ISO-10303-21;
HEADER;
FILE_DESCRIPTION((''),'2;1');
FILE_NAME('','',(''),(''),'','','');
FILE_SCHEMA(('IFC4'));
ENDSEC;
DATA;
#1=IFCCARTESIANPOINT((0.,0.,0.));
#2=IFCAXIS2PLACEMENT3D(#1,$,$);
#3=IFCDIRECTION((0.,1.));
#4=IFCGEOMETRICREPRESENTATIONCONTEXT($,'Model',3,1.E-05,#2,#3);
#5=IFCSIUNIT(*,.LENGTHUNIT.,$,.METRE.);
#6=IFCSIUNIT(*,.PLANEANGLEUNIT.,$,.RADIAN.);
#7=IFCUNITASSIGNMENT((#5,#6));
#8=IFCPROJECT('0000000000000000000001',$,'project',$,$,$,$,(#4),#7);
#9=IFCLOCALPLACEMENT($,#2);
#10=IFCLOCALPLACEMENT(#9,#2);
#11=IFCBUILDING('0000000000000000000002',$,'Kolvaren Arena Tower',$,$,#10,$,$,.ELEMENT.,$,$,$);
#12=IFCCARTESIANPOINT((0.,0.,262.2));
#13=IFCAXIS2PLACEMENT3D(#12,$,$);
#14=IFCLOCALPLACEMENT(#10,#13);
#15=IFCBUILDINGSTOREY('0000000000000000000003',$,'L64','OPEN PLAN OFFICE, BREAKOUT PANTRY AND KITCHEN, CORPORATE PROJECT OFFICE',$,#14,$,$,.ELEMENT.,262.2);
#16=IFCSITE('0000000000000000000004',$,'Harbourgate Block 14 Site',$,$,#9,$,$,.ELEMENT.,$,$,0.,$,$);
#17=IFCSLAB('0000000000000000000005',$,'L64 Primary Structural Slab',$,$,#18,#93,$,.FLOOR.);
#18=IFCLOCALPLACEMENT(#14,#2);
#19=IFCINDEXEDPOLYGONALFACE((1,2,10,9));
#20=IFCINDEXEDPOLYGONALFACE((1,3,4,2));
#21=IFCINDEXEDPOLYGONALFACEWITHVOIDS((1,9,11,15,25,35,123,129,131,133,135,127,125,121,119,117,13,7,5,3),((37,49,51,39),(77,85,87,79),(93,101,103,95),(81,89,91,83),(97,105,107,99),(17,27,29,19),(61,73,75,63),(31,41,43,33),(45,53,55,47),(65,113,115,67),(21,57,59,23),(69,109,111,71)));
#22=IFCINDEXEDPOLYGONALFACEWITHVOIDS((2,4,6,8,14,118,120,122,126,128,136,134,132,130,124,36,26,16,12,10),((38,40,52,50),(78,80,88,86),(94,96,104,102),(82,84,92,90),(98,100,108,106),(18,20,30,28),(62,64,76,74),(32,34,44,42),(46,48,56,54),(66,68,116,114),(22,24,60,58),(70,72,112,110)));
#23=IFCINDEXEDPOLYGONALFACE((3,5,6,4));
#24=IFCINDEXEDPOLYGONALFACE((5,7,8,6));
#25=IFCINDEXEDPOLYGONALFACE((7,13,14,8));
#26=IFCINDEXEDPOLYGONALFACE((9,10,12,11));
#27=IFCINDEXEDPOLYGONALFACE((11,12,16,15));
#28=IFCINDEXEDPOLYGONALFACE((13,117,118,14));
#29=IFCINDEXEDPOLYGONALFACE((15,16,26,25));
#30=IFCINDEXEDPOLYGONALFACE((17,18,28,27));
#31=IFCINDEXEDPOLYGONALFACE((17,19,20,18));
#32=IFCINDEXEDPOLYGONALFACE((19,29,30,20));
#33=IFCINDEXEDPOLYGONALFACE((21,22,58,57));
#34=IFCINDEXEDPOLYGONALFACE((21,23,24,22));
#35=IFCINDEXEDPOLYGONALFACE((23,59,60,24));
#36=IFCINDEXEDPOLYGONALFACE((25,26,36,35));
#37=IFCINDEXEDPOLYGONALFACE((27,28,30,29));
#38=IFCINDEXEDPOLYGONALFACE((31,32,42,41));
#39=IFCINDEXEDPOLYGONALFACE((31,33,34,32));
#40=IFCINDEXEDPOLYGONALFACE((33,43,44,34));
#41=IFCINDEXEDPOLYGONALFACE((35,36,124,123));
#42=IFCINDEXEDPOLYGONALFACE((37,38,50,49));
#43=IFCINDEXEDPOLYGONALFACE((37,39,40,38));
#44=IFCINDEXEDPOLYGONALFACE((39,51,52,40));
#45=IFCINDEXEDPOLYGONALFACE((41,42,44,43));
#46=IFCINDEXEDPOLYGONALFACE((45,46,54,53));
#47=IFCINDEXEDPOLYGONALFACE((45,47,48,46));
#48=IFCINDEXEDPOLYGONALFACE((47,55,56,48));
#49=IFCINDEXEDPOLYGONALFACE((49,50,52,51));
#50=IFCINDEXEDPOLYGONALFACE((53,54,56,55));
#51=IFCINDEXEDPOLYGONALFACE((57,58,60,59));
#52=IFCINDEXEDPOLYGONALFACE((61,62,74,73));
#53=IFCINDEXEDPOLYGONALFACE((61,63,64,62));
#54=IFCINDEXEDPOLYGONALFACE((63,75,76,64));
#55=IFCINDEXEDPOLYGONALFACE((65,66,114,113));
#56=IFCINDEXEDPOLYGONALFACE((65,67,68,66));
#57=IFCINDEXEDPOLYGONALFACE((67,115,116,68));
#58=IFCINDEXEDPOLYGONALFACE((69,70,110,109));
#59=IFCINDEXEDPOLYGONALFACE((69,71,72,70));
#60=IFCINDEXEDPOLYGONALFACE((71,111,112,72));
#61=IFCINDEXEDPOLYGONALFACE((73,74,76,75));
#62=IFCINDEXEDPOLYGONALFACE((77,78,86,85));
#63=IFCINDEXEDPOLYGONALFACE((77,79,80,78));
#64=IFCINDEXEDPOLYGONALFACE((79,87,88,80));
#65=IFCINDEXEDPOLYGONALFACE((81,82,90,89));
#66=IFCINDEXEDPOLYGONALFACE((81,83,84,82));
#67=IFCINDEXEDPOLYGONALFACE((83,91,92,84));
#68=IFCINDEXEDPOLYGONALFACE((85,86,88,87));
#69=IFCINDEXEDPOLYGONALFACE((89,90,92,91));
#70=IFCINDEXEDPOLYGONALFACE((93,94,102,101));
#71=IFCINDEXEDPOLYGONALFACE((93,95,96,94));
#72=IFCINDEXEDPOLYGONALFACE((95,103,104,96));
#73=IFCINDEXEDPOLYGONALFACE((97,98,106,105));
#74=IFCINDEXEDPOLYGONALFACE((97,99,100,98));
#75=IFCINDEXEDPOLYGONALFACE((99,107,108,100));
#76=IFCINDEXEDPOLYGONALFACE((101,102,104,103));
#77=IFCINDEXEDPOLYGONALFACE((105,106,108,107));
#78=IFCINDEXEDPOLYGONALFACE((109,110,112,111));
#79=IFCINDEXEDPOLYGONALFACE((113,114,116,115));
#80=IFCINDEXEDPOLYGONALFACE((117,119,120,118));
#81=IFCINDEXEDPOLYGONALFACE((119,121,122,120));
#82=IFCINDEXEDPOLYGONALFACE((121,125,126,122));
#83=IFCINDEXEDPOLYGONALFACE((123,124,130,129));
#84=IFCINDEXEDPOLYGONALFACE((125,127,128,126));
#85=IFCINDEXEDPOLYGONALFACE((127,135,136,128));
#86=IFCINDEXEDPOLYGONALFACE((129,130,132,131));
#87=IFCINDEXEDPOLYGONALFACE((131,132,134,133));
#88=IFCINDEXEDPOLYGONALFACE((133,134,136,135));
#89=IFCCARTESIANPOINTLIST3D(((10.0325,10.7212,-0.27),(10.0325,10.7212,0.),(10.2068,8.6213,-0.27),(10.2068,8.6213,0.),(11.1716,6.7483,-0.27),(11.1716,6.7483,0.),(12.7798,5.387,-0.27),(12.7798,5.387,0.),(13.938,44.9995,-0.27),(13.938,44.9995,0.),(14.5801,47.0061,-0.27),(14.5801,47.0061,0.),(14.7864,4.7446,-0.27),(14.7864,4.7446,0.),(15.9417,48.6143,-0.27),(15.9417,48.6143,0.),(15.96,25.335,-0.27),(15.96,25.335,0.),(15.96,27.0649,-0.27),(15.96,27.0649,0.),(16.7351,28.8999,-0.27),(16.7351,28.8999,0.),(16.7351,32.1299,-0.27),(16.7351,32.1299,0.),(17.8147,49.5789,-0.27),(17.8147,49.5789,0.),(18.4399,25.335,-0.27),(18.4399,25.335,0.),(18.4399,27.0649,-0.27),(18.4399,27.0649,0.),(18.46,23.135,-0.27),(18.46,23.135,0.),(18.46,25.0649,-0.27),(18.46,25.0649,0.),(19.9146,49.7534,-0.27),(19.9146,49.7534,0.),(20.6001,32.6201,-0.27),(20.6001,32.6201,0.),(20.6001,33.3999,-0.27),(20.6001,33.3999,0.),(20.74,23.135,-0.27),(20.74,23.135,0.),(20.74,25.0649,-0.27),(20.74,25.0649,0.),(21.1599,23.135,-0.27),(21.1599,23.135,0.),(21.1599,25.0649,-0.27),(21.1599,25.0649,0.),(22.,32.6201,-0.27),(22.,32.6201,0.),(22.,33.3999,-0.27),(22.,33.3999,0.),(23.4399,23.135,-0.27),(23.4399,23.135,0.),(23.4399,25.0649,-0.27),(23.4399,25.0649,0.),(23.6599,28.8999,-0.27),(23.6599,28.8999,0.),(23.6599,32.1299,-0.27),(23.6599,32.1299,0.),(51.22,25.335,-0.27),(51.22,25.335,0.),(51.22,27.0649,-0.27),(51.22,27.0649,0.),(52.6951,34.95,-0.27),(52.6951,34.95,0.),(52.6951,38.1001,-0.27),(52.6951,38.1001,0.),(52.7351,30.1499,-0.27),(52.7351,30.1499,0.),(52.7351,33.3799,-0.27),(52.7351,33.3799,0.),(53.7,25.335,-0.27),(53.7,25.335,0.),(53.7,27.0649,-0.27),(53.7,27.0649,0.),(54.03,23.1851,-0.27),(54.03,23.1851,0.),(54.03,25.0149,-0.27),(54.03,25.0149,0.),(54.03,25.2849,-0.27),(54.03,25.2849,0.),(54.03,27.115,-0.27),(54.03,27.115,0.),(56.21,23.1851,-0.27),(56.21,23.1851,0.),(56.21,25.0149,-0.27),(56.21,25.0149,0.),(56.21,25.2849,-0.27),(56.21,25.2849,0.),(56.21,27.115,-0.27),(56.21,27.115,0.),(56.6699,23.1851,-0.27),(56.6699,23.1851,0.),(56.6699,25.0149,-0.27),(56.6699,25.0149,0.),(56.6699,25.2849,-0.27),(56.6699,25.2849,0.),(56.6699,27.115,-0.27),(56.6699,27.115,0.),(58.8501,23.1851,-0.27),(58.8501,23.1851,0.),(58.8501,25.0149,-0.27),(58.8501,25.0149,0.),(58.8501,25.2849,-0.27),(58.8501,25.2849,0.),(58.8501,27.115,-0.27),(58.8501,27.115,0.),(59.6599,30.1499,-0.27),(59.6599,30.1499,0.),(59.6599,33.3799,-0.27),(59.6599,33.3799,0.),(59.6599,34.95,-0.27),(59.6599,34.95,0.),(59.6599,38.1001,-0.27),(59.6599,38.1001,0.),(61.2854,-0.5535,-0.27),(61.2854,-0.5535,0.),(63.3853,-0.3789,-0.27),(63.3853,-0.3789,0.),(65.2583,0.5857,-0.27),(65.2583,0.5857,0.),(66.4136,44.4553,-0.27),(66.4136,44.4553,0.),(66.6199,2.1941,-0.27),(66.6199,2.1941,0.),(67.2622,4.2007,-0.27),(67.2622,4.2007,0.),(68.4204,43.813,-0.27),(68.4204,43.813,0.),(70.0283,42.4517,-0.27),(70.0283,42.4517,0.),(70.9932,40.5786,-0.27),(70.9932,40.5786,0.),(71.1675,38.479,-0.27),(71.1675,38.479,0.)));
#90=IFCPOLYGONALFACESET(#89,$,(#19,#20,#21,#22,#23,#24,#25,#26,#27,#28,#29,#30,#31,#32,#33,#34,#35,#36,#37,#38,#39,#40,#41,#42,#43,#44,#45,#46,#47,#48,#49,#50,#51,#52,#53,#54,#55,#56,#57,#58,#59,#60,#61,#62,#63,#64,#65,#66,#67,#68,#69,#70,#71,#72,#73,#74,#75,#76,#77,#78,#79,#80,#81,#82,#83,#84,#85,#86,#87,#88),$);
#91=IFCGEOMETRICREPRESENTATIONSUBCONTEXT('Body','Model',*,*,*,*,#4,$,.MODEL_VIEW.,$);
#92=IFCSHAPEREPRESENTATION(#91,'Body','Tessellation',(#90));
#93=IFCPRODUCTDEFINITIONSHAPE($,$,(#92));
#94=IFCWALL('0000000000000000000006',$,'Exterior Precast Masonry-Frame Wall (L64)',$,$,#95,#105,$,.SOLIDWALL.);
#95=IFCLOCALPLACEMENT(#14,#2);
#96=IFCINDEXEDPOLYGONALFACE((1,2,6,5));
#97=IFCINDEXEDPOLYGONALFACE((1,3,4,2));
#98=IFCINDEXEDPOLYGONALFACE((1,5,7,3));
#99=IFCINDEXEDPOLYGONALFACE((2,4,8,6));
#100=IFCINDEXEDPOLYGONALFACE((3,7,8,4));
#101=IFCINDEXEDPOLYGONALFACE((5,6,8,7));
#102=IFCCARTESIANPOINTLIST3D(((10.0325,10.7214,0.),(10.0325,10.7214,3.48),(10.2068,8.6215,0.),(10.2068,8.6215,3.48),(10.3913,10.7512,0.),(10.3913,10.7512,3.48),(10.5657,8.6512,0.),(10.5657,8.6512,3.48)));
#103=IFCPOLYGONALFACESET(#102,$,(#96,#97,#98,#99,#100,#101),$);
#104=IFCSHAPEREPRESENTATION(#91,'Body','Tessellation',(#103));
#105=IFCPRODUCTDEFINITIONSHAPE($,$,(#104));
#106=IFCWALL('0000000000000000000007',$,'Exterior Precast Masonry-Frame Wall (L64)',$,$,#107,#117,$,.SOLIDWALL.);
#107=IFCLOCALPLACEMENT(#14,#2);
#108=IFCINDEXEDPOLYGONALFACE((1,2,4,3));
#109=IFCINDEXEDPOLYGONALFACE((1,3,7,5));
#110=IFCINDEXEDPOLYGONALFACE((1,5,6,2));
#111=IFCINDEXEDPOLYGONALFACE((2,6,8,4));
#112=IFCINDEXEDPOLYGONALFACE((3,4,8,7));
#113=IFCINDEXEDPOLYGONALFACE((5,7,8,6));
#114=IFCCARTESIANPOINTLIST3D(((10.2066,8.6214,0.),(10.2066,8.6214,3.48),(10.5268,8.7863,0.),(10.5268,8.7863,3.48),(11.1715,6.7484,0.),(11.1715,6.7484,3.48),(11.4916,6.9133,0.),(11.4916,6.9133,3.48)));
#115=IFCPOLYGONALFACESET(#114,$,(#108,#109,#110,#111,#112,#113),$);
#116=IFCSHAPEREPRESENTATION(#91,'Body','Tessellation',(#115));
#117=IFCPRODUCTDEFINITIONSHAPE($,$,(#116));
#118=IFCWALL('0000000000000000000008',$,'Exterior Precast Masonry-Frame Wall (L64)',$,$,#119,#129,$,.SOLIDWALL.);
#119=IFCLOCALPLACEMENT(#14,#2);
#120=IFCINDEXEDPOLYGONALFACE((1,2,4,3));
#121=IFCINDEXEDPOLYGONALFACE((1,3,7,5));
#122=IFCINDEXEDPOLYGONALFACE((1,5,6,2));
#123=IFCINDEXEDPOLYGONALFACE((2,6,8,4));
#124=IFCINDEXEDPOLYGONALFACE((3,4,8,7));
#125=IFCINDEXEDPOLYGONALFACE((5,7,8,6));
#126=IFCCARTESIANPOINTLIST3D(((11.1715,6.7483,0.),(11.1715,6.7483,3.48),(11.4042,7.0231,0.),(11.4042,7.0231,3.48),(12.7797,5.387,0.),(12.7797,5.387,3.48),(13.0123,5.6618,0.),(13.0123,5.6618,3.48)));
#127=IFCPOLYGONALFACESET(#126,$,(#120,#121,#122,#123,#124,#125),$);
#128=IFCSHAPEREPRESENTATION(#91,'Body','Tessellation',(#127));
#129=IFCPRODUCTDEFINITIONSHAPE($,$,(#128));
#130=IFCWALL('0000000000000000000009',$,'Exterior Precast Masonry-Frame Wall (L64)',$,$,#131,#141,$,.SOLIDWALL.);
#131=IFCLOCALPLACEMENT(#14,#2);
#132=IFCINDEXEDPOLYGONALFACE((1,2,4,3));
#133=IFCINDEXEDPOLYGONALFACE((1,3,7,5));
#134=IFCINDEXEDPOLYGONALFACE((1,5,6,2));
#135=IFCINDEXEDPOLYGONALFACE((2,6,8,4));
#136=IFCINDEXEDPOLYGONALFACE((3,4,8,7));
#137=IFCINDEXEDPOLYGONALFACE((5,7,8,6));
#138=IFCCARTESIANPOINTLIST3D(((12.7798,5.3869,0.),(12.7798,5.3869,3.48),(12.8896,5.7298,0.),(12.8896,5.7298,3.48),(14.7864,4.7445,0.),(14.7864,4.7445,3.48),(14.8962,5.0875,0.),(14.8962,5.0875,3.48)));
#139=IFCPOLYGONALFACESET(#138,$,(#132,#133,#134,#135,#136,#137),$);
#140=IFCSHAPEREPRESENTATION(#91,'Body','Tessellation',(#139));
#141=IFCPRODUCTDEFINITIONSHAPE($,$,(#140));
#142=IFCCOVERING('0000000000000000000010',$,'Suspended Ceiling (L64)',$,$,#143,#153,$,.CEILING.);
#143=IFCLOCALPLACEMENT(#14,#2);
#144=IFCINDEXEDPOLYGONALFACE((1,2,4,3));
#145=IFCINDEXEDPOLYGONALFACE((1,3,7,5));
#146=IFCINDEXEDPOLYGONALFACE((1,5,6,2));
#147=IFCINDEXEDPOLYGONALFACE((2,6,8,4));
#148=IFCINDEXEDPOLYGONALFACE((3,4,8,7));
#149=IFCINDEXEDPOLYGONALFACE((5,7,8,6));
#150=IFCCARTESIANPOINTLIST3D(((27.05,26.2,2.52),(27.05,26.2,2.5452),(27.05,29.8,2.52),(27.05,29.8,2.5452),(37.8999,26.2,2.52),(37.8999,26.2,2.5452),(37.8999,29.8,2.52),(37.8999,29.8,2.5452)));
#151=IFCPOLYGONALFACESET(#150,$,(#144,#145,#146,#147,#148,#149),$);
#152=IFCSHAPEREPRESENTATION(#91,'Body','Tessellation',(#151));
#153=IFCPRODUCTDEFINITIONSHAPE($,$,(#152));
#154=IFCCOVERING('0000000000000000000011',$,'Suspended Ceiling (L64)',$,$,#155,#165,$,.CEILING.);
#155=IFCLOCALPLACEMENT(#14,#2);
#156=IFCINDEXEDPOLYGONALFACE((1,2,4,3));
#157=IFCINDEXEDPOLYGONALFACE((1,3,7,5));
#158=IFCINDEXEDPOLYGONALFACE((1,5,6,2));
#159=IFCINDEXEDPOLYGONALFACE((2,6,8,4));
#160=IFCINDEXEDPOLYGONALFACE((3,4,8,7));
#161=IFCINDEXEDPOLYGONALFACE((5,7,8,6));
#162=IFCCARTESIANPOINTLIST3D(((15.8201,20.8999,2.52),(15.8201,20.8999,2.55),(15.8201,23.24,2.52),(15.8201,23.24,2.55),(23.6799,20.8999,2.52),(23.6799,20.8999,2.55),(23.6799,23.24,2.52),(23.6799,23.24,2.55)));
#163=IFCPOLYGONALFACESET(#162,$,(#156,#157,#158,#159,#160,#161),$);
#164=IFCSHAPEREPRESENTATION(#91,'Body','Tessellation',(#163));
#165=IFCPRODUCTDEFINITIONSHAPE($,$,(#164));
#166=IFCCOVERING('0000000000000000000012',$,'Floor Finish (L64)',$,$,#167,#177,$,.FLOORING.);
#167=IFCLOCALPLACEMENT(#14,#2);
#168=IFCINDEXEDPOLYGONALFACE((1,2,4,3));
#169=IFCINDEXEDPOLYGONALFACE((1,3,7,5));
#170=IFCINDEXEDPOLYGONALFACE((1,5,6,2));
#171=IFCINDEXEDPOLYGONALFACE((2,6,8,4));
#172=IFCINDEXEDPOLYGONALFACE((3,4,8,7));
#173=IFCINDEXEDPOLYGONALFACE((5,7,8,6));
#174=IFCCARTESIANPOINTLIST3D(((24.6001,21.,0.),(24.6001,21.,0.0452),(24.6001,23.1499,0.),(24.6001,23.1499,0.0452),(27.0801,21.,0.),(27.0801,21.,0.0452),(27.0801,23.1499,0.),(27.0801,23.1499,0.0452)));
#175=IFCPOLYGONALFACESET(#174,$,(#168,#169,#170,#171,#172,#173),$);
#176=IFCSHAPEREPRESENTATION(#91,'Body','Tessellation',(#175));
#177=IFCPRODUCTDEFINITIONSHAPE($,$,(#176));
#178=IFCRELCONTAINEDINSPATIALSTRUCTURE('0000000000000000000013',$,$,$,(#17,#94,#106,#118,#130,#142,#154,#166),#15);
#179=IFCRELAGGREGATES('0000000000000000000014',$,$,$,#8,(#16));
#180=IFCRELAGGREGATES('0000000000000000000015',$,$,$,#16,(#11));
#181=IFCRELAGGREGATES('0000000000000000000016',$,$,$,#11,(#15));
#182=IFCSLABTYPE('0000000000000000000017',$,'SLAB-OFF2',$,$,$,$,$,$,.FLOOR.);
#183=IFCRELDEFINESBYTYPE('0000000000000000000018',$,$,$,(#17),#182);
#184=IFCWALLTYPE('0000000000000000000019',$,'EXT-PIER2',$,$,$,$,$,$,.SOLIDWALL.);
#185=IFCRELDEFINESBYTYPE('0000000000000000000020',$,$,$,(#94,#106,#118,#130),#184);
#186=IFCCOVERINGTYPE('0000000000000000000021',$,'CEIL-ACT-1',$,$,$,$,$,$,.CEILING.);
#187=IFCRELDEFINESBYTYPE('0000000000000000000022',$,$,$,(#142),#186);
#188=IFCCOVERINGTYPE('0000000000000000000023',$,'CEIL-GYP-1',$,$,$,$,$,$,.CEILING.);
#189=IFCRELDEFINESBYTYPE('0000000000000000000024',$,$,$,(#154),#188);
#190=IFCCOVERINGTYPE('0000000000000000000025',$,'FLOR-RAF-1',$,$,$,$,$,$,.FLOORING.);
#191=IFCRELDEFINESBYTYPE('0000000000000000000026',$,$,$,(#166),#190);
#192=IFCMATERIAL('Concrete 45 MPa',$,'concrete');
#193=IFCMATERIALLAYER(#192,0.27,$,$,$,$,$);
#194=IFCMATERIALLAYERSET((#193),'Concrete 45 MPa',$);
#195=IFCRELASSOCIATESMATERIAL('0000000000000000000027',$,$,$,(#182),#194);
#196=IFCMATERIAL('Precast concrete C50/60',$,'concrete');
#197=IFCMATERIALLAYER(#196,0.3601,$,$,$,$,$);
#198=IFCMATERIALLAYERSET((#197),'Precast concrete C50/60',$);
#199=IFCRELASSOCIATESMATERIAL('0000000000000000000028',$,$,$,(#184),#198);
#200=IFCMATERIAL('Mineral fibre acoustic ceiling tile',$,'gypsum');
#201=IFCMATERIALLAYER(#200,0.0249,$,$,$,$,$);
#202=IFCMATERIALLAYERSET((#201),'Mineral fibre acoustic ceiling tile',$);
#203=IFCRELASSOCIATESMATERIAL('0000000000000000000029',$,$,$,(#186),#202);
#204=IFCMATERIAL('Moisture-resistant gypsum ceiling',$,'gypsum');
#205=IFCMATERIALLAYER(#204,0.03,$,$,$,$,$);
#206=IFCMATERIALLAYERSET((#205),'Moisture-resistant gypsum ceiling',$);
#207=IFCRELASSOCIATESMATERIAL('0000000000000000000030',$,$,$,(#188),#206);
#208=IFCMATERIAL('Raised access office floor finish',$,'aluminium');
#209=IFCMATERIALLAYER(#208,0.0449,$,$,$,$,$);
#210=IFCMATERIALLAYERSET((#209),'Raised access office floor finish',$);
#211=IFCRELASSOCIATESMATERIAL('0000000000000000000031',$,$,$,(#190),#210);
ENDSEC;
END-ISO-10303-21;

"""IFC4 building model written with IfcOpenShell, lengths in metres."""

from ifc_helpers import new_model, si_unit, direction, frame, frame_2d, origin, place, context, subcontext, project, spatial, polyline, rectangle, outline, extrude, material, layer, layer_set, type_object, element, save


model = new_model("IFC4")

# Units and contexts
model_context = context("Model", 3, precision=1e-05, world=origin(), true_north=direction((0.0, 1.0)))
body_context = subcontext(model_context, "Body", "Model", "MODEL_VIEW")
ifc_project = project(units=[si_unit("LENGTHUNIT", "METRE"), si_unit("PLANEANGLEUNIT", "RADIAN")], contexts=[model_context])

# Site, building, storey
site_placement = place(None, origin())
site = spatial("IfcSite", under=ifc_project, at=site_placement, Name="Harbourgate Block 14 Site", CompositionType="ELEMENT", RefElevation=0.0)
building_placement = place(site_placement, origin())
building = spatial("IfcBuilding", under=site, at=building_placement, Name="Kolvaren Arena Tower", CompositionType="ELEMENT")
storey_placement = place(building_placement, frame((0.0, 0.0, 262.2)))
storey = spatial("IfcBuildingStorey", under=building, at=storey_placement, Name="L64", Description="OPEN PLAN OFFICE, BREAKOUT PANTRY AND KITCHEN, CORPORATE PROJECT OFFICE", CompositionType="ELEMENT", Elevation=262.2)

# Shared definitions
ifc_material_1 = material(Name="Concrete 45 MPa", Category="concrete")

# Slab
ifc_layer_1 = layer(ifc_material_1, 0.27)
ifc_layer_set_1 = layer_set([ifc_layer_1], Name="Concrete 45 MPa")
slab_type_1 = type_object("IfcSlabType", Name="SLAB-OFF2", PredefinedType="FLOOR", material=ifc_layer_set_1)
slab_1_placement = place(storey_placement, frame((0.0, 0.0, -0.27)))
element("IfcSlab", 1, at=slab_1_placement, inside=storey, type_object=slab_type_1, Name="L64 Primary Structural Slab", PredefinedType="FLOOR", context=body_context, shape_type="SweptSolid", body=[
    extrude(outline(polyline([(61.2854, -0.5535), (63.3853, -0.3789), (65.2583, 0.5857), (66.6199, 2.1941), (67.2622, 4.2007), (71.1675, 38.479), (70.9932, 40.5786), (70.0283, 42.4517), (68.4204, 43.813), (66.4136, 44.4553), (19.9146, 49.7534), (17.8147, 49.5789), (15.9417, 48.6143), (14.5801, 47.0061), (13.938, 44.9995), (10.0325, 10.7212), (10.2068, 8.6213), (11.1716, 6.7483), (12.7798, 5.387), (14.7864, 4.7446), (61.2854, -0.5535)]), holes=[polyline([(20.74, 23.135), (18.46, 23.135), (18.46, 25.0649), (20.74, 25.0649), (20.74, 23.135)]), polyline([(21.1599, 23.135), (21.1599, 25.0649), (23.4399, 25.0649), (23.4399, 23.135), (21.1599, 23.135)]), polyline([(56.21, 23.1851), (54.03, 23.1851), (54.03, 25.0149), (56.21, 25.0149), (56.21, 23.1851)]), polyline([(56.6699, 23.1851), (56.6699, 25.0149), (58.8501, 25.0149), (58.8501, 23.1851), (56.6699, 23.1851)]), polyline([(54.03, 25.2849), (54.03, 27.115), (56.21, 27.115), (56.21, 25.2849), (54.03, 25.2849)]), polyline([(58.8501, 25.2849), (56.6699, 25.2849), (56.6699, 27.115), (58.8501, 27.115), (58.8501, 25.2849)]), polyline([(15.96, 25.335), (15.96, 27.0649), (18.4399, 27.0649), (18.4399, 25.335), (15.96, 25.335)]), polyline([(53.7, 25.335), (51.22, 25.335), (51.22, 27.0649), (53.7, 27.0649), (53.7, 25.335)]), polyline([(16.7351, 28.8999), (16.7351, 32.1299), (23.6599, 32.1299), (23.6599, 28.8999), (16.7351, 28.8999)]), polyline([(52.7351, 30.1499), (52.7351, 33.3799), (59.6599, 33.3799), (59.6599, 30.1499), (52.7351, 30.1499)]), polyline([(20.6001, 32.6201), (20.6001, 33.3999), (22.0, 33.3999), (22.0, 32.6201), (20.6001, 32.6201)]), polyline([(52.6951, 34.95), (52.6951, 38.1001), (59.6599, 38.1001), (59.6599, 34.95), (52.6951, 34.95)])]), origin(), (0.0, 0.0, 1.0), 0.27),
])

# Walls
ifc_material_2 = material(Name="Precast concrete C50/60", Category="concrete")
ifc_layer_2 = layer(ifc_material_2, 0.3601)
ifc_layer_set_2 = layer_set([ifc_layer_2], Name="Precast concrete C50/60")
wall_type = type_object("IfcWallType", Name="EXT-PIER2", PredefinedType="SOLIDWALL", material=ifc_layer_set_2)
wall_placement = place(storey_placement, frame((10.3862, 8.6362, 0.0), z_axis=(0.0, 0.0, 1.0), x_axis=(-0.082729, 0.996572, 0.0)))
element("IfcWall", 2, at=wall_placement, inside=storey, type_object=wall_type, Name="Exterior Precast Masonry-Frame Wall (L64)", PredefinedType="SOLIDWALL", context=body_context, shape_type="SweptSolid", body=[
    extrude(rectangle(XDim=2.1072, YDim=0.3601, at=frame_2d((1.0537, 0.0))), origin(), (0.0, 0.0, 1.0), 3.48),
])
for number, where, z_axis, x_axis, name in (
    (3, (11.3315, 6.8308, 0.0), (0.0, 0.0, 1.0), (-0.457934, 0.888986, 0.0), "Exterior Precast Masonry-Frame Wall (L64)"),
    (4, (12.896, 5.5244, 0.0), (0.0, 0.0, 1.0), (-0.76325, 0.646103, 0.0), "Exterior Precast Masonry-Frame Wall (L64)"),
    (5, (14.8413, 4.916, 0.0), (0.0, 0.0, 1.0), (-0.952393, 0.304872, 0.0), "Exterior Precast Masonry-Frame Wall (L64)"),
):
    element("IfcWall", number, at=place(storey_placement, frame(where, z_axis=z_axis, x_axis=x_axis)), inside=storey, type_object=wall_type, Name=name, PredefinedType="SOLIDWALL", context=body_context, shape_type="SweptSolid", body=[
        extrude(rectangle(XDim=2.1069, YDim=0.3601, at=frame_2d((1.0535, 0.0))), origin(), (0.0, 0.0, 1.0), 3.48),
    ])

# Coverings
ifc_material_3 = material(Name="Mineral fibre acoustic ceiling tile", Category="gypsum")
ifc_layer_3 = layer(ifc_material_3, 0.0249)
ifc_layer_set_3 = layer_set([ifc_layer_3], Name="Mineral fibre acoustic ceiling tile")
covering_type_1 = type_object("IfcCoveringType", Name="CEIL-ACT-1", PredefinedType="CEILING", material=ifc_layer_set_3)
covering_1_placement = place(storey_placement, frame((0.0, 0.0, 2.52)))
element("IfcCovering", 6, at=covering_1_placement, inside=storey, type_object=covering_type_1, Name="Suspended Ceiling (L64)", PredefinedType="CEILING", context=body_context, shape_type="SweptSolid", body=[
    extrude(outline(polyline([(27.05, 26.2), (27.05, 29.8), (37.8999, 29.8), (37.8999, 26.2), (27.05, 26.2)])), origin(), (0.0, 0.0, 1.0), 0.0251),
])
ifc_material_4 = material(Name="Moisture-resistant gypsum ceiling", Category="gypsum")
ifc_layer_4 = layer(ifc_material_4, 0.03)
ifc_layer_set_4 = layer_set([ifc_layer_4], Name="Moisture-resistant gypsum ceiling")
covering_type_2 = type_object("IfcCoveringType", Name="CEIL-GYP-1", PredefinedType="CEILING", material=ifc_layer_set_4)
covering_2_placement = place(storey_placement, frame((0.0, 0.0, 2.52)))
element("IfcCovering", 7, at=covering_2_placement, inside=storey, type_object=covering_type_2, Name="Suspended Ceiling (L64)", PredefinedType="CEILING", context=body_context, shape_type="SweptSolid", body=[
    extrude(outline(polyline([(15.8201, 20.8999), (15.8201, 23.24), (23.6799, 23.24), (23.6799, 20.8999), (15.8201, 20.8999)])), origin(), (0.0, 0.0, 1.0), 0.03),
])
ifc_material_5 = material(Name="Raised access office floor finish", Category="aluminium")
ifc_layer_5 = layer(ifc_material_5, 0.0449)
ifc_layer_set_5 = layer_set([ifc_layer_5], Name="Raised access office floor finish")
covering_type_3 = type_object("IfcCoveringType", Name="FLOR-RAF-1", PredefinedType="FLOORING", material=ifc_layer_set_5)
covering_3_placement = place(storey_placement, origin())
element("IfcCovering", 8, at=covering_3_placement, inside=storey, type_object=covering_type_3, Name="Floor Finish (L64)", PredefinedType="FLOORING", context=body_context, shape_type="SweptSolid", body=[
    extrude(outline(polyline([(24.6001, 21.0), (24.6001, 23.1499), (27.0801, 23.1499), (27.0801, 21.0), (24.6001, 21.0)])), origin(), (0.0, 0.0, 1.0), 0.0452),
])

save(model, "model.ifc")
